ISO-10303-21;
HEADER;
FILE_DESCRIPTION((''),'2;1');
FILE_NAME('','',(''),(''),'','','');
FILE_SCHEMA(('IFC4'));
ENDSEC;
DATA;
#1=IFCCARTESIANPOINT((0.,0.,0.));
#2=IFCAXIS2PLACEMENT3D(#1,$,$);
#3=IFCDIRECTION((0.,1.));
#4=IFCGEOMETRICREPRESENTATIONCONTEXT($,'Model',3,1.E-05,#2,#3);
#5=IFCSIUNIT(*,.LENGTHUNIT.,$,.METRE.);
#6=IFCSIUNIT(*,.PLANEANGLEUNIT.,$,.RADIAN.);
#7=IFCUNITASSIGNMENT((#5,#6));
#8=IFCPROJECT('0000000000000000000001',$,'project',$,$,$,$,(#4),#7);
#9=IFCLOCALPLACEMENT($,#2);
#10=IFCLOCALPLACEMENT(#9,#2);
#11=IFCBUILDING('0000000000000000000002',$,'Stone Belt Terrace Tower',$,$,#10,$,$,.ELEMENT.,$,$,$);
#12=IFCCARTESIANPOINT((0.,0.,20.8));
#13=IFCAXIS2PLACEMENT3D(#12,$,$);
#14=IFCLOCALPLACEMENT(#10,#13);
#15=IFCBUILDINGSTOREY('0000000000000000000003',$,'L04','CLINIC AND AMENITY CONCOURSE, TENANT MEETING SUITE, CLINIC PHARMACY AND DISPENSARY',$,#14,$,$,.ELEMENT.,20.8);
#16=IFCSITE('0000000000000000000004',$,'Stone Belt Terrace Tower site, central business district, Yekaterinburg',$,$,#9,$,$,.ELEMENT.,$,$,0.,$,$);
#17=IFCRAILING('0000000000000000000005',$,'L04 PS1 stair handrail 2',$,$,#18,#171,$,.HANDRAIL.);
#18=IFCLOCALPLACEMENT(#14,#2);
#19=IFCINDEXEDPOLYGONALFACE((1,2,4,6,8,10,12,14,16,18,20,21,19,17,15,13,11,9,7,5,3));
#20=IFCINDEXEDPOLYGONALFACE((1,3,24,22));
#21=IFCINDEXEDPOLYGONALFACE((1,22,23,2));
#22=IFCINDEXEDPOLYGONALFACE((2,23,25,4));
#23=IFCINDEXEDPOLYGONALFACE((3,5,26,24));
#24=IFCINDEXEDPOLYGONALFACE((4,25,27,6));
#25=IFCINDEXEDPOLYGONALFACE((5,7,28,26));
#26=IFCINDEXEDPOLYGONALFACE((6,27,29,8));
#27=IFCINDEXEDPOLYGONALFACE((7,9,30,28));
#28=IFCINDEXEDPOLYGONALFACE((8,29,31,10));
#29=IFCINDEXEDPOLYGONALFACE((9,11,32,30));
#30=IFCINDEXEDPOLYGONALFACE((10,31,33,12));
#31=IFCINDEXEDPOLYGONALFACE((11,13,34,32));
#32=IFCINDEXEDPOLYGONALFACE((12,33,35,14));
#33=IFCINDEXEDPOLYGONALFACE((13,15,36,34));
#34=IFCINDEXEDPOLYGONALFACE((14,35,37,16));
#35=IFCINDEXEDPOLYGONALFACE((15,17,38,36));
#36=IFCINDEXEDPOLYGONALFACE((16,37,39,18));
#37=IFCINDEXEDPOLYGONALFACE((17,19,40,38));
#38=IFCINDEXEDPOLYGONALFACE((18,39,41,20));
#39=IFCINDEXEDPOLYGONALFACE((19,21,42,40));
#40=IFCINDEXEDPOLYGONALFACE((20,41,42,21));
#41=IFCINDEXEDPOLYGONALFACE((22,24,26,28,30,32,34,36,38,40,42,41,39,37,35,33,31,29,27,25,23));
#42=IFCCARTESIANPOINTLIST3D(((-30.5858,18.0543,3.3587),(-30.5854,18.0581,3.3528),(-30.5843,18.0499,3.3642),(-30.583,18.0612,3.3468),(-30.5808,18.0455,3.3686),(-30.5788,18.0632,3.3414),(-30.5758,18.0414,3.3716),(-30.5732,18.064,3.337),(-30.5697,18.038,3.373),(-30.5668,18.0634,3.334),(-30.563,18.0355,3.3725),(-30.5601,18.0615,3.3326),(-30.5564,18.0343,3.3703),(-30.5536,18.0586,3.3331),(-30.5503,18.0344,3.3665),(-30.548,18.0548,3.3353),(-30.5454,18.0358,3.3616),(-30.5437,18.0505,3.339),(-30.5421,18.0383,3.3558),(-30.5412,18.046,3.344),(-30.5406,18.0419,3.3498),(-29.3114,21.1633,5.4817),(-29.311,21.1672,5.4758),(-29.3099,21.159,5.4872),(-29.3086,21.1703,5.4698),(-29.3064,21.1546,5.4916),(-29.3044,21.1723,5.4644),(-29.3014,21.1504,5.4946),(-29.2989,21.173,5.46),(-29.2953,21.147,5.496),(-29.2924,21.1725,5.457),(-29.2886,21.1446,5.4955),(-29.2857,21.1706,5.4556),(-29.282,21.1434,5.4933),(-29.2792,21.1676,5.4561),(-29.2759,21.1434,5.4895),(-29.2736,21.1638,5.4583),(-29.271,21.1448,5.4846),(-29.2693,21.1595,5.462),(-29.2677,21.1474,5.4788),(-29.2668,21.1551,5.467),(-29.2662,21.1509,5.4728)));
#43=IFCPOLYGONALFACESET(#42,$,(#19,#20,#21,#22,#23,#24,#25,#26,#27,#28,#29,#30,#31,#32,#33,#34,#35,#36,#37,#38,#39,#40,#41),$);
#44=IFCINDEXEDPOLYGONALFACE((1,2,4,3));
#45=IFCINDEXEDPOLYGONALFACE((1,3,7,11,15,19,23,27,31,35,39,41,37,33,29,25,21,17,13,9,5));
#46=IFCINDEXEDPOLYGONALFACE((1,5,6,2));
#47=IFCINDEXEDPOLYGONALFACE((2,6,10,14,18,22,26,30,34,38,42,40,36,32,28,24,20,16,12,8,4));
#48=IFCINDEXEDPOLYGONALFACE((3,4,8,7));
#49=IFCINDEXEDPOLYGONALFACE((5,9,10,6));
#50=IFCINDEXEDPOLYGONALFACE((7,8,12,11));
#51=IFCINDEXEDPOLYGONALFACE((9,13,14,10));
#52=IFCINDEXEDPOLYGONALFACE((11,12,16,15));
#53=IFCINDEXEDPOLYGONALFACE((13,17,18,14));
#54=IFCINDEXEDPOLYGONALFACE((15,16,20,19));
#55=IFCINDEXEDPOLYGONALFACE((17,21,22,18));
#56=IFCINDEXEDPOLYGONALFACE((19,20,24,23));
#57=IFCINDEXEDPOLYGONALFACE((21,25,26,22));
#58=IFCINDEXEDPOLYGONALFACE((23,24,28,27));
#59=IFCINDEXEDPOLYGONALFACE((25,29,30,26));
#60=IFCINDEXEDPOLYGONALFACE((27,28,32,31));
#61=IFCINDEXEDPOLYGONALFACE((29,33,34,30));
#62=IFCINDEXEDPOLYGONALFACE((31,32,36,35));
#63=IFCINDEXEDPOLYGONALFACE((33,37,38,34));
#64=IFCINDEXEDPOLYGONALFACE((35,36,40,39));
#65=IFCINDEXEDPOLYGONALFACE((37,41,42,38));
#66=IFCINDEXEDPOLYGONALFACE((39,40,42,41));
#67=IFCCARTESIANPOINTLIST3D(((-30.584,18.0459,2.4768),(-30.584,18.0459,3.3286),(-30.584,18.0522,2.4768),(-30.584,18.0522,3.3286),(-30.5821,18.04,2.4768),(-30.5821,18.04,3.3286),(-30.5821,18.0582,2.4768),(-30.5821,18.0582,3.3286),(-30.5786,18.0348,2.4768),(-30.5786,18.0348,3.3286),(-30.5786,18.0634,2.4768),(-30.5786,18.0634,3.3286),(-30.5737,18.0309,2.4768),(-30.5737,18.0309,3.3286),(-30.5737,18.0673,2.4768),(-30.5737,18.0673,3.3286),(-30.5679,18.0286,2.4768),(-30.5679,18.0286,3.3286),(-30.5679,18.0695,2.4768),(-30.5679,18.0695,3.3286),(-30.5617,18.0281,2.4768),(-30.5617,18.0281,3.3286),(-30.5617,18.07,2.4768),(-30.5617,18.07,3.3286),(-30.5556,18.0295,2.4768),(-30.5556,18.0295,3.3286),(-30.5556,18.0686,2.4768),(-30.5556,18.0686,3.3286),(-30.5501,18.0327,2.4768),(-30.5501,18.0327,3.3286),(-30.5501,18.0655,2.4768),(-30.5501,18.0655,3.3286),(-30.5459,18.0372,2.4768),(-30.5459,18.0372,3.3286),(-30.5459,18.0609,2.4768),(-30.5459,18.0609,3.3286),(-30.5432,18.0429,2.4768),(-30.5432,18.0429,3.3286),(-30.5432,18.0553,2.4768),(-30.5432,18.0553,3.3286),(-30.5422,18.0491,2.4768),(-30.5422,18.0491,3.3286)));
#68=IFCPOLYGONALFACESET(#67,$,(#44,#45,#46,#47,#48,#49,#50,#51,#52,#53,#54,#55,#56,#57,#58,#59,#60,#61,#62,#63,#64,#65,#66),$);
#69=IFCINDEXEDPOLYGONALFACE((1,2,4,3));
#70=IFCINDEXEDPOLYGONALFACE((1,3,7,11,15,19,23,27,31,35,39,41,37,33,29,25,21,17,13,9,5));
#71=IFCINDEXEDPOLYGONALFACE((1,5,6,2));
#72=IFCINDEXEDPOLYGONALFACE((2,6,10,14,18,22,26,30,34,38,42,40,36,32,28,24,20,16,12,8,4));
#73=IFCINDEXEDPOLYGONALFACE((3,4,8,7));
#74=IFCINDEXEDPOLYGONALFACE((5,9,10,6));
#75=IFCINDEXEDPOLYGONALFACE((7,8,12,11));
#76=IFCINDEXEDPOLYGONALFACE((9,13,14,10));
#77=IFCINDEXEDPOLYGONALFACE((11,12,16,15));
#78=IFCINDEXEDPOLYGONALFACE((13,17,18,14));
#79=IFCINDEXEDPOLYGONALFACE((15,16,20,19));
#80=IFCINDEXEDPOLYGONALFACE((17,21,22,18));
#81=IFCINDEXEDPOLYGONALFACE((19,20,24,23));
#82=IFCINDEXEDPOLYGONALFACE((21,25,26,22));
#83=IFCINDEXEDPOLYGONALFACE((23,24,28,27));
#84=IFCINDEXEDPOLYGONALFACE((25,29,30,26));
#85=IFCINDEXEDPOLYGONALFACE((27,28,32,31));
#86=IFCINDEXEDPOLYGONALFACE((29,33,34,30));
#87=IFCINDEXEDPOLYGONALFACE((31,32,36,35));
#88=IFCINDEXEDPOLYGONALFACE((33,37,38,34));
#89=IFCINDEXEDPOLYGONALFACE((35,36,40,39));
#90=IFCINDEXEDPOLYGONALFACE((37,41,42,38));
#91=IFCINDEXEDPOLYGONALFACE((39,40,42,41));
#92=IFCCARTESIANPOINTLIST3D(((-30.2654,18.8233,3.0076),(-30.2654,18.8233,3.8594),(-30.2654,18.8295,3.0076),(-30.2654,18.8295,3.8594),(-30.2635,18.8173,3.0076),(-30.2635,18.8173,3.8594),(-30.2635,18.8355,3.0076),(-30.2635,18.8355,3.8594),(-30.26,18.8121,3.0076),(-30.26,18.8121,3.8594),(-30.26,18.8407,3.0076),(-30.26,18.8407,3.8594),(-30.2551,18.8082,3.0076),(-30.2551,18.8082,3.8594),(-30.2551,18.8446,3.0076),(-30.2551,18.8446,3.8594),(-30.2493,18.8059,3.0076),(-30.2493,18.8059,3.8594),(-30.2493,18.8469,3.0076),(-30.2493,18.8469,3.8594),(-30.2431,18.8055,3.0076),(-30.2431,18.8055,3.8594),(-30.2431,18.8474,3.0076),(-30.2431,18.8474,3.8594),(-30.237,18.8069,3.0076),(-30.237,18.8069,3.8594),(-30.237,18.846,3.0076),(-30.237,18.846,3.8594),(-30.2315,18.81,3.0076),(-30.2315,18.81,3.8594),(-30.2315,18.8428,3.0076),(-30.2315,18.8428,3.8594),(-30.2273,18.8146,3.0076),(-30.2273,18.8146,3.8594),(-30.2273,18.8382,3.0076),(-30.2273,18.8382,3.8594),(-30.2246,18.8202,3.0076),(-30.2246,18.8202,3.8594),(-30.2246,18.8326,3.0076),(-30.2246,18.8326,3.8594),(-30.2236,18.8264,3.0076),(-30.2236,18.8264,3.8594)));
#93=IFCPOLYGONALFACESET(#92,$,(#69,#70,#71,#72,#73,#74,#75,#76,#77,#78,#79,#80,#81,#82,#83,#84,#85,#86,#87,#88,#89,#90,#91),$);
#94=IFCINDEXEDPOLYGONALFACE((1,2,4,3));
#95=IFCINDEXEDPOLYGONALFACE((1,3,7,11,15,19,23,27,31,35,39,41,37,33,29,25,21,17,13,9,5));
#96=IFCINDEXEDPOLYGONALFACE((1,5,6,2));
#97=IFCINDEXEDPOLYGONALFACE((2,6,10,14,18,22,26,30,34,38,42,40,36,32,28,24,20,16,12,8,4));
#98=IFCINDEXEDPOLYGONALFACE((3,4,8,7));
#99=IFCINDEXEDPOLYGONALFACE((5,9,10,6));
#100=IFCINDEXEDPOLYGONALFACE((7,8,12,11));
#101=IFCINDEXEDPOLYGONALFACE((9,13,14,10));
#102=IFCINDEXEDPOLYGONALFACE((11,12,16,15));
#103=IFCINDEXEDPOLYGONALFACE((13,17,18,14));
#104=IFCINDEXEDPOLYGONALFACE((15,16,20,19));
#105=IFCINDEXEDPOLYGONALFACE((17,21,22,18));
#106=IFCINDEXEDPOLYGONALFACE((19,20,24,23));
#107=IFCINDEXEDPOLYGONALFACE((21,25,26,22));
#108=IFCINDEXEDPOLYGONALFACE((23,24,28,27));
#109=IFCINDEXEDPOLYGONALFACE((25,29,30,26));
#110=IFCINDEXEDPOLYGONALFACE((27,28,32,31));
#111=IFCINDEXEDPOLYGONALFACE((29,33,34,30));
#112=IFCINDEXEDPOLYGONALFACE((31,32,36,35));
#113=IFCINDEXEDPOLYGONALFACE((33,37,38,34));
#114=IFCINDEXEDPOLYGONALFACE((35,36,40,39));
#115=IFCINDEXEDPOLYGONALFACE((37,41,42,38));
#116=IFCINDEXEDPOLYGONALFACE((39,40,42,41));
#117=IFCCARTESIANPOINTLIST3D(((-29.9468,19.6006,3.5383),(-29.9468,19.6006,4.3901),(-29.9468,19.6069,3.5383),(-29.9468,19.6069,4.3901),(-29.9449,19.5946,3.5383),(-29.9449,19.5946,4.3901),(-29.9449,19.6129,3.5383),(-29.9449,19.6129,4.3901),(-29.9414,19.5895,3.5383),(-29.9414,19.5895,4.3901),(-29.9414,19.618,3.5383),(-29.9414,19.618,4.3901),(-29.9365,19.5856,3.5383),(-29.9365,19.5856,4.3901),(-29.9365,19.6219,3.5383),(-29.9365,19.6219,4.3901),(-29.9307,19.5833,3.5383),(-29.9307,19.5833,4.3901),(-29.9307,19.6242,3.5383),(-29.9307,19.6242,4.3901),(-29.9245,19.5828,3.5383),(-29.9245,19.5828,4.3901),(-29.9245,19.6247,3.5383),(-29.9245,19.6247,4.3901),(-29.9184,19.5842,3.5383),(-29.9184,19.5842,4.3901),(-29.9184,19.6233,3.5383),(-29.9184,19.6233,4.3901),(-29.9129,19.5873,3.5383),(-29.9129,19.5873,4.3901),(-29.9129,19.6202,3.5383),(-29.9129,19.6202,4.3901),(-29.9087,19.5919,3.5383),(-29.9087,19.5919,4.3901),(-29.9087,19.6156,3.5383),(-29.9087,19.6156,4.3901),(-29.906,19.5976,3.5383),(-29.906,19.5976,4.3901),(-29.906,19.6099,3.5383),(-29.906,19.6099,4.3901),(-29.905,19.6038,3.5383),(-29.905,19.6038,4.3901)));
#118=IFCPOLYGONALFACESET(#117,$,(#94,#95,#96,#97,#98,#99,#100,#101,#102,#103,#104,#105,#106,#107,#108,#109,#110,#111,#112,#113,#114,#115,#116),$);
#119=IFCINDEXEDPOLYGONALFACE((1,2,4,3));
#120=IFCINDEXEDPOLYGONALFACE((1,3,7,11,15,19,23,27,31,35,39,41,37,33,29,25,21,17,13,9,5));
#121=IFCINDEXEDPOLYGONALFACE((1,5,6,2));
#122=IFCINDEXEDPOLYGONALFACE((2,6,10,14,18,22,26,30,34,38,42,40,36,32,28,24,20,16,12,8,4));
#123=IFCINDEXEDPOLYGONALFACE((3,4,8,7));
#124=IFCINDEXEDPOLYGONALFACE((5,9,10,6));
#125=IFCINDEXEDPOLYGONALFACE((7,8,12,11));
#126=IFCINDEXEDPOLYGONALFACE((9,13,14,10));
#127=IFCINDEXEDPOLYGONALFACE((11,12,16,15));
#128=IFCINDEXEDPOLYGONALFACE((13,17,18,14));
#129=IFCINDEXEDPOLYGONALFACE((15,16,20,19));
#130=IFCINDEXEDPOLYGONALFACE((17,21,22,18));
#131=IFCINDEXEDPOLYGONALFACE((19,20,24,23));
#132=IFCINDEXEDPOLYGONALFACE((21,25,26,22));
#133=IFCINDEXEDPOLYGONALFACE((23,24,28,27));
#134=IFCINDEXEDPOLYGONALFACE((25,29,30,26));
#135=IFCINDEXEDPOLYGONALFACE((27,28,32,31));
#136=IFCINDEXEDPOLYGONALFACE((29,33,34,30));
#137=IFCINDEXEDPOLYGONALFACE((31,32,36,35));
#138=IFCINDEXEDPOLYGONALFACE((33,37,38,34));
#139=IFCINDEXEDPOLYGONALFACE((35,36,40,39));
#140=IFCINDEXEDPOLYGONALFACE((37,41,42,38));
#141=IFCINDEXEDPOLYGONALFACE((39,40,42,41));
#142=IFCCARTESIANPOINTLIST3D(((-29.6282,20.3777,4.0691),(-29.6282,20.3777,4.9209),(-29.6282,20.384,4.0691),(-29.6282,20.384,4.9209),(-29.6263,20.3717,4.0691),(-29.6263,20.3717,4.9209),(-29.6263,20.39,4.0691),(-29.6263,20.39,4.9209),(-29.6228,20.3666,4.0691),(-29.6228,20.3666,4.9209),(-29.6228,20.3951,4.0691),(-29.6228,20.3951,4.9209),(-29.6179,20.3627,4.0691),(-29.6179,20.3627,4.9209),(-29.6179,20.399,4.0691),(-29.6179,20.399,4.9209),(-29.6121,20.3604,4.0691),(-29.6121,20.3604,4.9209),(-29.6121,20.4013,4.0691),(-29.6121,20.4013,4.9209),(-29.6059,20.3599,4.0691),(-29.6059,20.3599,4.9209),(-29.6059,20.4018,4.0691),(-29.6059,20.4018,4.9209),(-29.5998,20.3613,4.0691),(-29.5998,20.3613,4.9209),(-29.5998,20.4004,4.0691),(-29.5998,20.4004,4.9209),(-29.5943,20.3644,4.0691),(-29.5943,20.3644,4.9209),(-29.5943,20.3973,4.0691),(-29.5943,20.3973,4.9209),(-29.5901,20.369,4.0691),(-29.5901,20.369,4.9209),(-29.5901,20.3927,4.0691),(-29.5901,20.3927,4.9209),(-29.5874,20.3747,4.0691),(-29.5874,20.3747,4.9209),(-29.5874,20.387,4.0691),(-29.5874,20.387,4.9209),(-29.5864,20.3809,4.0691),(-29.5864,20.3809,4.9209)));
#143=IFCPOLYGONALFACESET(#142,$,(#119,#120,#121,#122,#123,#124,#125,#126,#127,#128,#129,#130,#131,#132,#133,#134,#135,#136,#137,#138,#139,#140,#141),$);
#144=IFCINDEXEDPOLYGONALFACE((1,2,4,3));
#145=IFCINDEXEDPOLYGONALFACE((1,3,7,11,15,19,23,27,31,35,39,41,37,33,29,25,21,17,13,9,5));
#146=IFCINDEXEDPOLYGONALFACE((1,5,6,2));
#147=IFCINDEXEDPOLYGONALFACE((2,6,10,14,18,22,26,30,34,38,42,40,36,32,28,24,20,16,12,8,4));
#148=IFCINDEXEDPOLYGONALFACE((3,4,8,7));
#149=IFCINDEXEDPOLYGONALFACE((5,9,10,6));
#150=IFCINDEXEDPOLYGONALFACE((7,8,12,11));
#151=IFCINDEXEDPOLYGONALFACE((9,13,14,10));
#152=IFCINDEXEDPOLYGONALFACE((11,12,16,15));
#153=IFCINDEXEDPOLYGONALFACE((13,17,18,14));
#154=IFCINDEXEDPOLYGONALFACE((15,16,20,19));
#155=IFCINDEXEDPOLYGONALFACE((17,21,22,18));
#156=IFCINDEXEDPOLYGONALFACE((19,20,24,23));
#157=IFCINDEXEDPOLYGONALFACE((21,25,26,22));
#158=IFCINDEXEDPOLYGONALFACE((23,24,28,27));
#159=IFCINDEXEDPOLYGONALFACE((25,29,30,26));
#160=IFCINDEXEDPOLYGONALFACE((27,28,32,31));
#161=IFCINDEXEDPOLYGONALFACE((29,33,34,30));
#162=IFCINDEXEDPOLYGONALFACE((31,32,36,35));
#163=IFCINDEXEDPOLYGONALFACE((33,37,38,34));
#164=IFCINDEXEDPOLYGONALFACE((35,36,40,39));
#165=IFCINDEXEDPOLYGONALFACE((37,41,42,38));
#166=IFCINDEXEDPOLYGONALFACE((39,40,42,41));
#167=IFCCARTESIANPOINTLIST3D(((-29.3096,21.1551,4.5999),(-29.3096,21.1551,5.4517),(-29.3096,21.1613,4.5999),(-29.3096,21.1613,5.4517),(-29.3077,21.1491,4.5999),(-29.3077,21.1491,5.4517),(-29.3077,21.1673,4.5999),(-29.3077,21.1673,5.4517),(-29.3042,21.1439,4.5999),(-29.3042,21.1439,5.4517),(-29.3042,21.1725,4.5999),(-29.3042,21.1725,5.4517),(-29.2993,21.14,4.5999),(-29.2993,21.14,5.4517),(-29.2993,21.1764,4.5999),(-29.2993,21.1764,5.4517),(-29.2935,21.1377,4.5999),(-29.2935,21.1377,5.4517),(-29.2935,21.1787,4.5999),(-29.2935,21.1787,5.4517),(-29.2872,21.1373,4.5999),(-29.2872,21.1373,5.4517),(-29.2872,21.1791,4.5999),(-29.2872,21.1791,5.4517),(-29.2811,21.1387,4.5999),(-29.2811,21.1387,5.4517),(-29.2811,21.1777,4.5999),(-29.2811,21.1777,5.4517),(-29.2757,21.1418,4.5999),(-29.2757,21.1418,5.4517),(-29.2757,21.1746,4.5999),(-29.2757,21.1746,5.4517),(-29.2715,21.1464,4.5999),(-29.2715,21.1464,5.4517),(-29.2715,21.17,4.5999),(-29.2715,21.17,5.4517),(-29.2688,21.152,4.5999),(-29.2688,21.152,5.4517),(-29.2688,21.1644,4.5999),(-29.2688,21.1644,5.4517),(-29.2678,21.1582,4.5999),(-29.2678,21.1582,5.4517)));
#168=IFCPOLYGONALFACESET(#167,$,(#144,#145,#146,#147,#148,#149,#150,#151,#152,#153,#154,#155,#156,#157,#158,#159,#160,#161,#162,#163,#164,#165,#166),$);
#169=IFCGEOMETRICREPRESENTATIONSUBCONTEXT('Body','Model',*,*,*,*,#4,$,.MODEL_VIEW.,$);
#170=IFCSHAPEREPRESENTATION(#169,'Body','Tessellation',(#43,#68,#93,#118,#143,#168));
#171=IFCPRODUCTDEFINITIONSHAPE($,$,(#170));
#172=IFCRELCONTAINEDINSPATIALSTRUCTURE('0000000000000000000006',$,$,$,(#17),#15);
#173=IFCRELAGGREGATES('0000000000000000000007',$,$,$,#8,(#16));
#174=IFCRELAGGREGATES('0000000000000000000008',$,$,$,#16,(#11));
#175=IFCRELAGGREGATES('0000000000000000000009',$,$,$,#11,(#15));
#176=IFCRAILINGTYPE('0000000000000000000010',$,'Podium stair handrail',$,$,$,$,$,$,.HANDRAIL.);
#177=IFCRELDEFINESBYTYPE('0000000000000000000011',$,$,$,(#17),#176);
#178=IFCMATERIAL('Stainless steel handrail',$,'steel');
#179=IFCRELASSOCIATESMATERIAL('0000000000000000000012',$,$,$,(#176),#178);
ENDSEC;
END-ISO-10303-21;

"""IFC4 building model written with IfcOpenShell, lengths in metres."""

from ifc_helpers import new_model, si_unit, direction, frame, origin, origin_2d, place, context, subcontext, project, spatial, circle, extrude, material, type_object, element, save


model = new_model("IFC4")

# Units and contexts
model_context = context("Model", 3, precision=1e-05, world=origin(), true_north=direction((0.0, 1.0)))
body_context = subcontext(model_context, "Body", "Model", "MODEL_VIEW")
ifc_project = project(units=[si_unit("LENGTHUNIT", "METRE"), si_unit("PLANEANGLEUNIT", "RADIAN")], contexts=[model_context])

# Site, building, storey
site_placement = place(None, origin())
site = spatial("IfcSite", under=ifc_project, at=site_placement, Name="Stone Belt Terrace Tower site, central business district, Yekaterinburg", CompositionType="ELEMENT", RefElevation=0.0)
building_placement = place(site_placement, origin())
building = spatial("IfcBuilding", under=site, at=building_placement, Name="Stone Belt Terrace Tower", CompositionType="ELEMENT")
storey_placement = place(building_placement, frame((0.0, 0.0, 20.8)))
storey = spatial("IfcBuildingStorey", under=building, at=storey_placement, Name="L04", Description="CLINIC AND AMENITY CONCOURSE, TENANT MEETING SUITE, CLINIC PHARMACY AND DISPENSARY", CompositionType="ELEMENT", Elevation=20.8)

# Railing
ifc_material_1 = material(Name="Stainless steel handrail", Category="steel")
railing_type_1 = type_object("IfcRailingType", Name="Podium stair handrail", PredefinedType="HANDRAIL", material=ifc_material_1)
railing_1_placement = place(storey_placement, frame((-30.5632, 18.0491, 2.4768)))
element("IfcRailing", 1, at=railing_1_placement, inside=storey, type_object=railing_type_1, Name="L04 PS1 stair handrail 2", PredefinedType="HANDRAIL", context=body_context, shape_type="SweptSolid", body=[
    extrude(circle(Radius=0.0239, at=origin_2d()), frame((0.0, 0.0, 0.876), z_axis=(0.320632, 0.782232, 0.534142), x_axis=(-0.925286, 0.379269, 0.0)), (0.0, 0.0, 1.0), 3.9746),
    extrude(circle(Radius=0.021, at=origin_2d()), origin(), (0.0, 0.0, 1.0), 0.8518),
    extrude(circle(Radius=0.021, at=origin_2d()), frame((0.3186, 0.7773, 0.5308)), (0.0, 0.0, 1.0), 0.8518),
    extrude(circle(Radius=0.021, at=origin_2d()), frame((0.6372, 1.5547, 1.0615)), (0.0, 0.0, 1.0), 0.8518),
    extrude(circle(Radius=0.021, at=origin_2d()), frame((0.9558, 2.3318, 1.5923)), (0.0, 0.0, 1.0), 0.8518),
    extrude(circle(Radius=0.021, at=origin_2d()), frame((1.2744, 3.1091, 2.123)), (0.0, 0.0, 1.0), 0.8518),
])

save(model, "model.ifc")
